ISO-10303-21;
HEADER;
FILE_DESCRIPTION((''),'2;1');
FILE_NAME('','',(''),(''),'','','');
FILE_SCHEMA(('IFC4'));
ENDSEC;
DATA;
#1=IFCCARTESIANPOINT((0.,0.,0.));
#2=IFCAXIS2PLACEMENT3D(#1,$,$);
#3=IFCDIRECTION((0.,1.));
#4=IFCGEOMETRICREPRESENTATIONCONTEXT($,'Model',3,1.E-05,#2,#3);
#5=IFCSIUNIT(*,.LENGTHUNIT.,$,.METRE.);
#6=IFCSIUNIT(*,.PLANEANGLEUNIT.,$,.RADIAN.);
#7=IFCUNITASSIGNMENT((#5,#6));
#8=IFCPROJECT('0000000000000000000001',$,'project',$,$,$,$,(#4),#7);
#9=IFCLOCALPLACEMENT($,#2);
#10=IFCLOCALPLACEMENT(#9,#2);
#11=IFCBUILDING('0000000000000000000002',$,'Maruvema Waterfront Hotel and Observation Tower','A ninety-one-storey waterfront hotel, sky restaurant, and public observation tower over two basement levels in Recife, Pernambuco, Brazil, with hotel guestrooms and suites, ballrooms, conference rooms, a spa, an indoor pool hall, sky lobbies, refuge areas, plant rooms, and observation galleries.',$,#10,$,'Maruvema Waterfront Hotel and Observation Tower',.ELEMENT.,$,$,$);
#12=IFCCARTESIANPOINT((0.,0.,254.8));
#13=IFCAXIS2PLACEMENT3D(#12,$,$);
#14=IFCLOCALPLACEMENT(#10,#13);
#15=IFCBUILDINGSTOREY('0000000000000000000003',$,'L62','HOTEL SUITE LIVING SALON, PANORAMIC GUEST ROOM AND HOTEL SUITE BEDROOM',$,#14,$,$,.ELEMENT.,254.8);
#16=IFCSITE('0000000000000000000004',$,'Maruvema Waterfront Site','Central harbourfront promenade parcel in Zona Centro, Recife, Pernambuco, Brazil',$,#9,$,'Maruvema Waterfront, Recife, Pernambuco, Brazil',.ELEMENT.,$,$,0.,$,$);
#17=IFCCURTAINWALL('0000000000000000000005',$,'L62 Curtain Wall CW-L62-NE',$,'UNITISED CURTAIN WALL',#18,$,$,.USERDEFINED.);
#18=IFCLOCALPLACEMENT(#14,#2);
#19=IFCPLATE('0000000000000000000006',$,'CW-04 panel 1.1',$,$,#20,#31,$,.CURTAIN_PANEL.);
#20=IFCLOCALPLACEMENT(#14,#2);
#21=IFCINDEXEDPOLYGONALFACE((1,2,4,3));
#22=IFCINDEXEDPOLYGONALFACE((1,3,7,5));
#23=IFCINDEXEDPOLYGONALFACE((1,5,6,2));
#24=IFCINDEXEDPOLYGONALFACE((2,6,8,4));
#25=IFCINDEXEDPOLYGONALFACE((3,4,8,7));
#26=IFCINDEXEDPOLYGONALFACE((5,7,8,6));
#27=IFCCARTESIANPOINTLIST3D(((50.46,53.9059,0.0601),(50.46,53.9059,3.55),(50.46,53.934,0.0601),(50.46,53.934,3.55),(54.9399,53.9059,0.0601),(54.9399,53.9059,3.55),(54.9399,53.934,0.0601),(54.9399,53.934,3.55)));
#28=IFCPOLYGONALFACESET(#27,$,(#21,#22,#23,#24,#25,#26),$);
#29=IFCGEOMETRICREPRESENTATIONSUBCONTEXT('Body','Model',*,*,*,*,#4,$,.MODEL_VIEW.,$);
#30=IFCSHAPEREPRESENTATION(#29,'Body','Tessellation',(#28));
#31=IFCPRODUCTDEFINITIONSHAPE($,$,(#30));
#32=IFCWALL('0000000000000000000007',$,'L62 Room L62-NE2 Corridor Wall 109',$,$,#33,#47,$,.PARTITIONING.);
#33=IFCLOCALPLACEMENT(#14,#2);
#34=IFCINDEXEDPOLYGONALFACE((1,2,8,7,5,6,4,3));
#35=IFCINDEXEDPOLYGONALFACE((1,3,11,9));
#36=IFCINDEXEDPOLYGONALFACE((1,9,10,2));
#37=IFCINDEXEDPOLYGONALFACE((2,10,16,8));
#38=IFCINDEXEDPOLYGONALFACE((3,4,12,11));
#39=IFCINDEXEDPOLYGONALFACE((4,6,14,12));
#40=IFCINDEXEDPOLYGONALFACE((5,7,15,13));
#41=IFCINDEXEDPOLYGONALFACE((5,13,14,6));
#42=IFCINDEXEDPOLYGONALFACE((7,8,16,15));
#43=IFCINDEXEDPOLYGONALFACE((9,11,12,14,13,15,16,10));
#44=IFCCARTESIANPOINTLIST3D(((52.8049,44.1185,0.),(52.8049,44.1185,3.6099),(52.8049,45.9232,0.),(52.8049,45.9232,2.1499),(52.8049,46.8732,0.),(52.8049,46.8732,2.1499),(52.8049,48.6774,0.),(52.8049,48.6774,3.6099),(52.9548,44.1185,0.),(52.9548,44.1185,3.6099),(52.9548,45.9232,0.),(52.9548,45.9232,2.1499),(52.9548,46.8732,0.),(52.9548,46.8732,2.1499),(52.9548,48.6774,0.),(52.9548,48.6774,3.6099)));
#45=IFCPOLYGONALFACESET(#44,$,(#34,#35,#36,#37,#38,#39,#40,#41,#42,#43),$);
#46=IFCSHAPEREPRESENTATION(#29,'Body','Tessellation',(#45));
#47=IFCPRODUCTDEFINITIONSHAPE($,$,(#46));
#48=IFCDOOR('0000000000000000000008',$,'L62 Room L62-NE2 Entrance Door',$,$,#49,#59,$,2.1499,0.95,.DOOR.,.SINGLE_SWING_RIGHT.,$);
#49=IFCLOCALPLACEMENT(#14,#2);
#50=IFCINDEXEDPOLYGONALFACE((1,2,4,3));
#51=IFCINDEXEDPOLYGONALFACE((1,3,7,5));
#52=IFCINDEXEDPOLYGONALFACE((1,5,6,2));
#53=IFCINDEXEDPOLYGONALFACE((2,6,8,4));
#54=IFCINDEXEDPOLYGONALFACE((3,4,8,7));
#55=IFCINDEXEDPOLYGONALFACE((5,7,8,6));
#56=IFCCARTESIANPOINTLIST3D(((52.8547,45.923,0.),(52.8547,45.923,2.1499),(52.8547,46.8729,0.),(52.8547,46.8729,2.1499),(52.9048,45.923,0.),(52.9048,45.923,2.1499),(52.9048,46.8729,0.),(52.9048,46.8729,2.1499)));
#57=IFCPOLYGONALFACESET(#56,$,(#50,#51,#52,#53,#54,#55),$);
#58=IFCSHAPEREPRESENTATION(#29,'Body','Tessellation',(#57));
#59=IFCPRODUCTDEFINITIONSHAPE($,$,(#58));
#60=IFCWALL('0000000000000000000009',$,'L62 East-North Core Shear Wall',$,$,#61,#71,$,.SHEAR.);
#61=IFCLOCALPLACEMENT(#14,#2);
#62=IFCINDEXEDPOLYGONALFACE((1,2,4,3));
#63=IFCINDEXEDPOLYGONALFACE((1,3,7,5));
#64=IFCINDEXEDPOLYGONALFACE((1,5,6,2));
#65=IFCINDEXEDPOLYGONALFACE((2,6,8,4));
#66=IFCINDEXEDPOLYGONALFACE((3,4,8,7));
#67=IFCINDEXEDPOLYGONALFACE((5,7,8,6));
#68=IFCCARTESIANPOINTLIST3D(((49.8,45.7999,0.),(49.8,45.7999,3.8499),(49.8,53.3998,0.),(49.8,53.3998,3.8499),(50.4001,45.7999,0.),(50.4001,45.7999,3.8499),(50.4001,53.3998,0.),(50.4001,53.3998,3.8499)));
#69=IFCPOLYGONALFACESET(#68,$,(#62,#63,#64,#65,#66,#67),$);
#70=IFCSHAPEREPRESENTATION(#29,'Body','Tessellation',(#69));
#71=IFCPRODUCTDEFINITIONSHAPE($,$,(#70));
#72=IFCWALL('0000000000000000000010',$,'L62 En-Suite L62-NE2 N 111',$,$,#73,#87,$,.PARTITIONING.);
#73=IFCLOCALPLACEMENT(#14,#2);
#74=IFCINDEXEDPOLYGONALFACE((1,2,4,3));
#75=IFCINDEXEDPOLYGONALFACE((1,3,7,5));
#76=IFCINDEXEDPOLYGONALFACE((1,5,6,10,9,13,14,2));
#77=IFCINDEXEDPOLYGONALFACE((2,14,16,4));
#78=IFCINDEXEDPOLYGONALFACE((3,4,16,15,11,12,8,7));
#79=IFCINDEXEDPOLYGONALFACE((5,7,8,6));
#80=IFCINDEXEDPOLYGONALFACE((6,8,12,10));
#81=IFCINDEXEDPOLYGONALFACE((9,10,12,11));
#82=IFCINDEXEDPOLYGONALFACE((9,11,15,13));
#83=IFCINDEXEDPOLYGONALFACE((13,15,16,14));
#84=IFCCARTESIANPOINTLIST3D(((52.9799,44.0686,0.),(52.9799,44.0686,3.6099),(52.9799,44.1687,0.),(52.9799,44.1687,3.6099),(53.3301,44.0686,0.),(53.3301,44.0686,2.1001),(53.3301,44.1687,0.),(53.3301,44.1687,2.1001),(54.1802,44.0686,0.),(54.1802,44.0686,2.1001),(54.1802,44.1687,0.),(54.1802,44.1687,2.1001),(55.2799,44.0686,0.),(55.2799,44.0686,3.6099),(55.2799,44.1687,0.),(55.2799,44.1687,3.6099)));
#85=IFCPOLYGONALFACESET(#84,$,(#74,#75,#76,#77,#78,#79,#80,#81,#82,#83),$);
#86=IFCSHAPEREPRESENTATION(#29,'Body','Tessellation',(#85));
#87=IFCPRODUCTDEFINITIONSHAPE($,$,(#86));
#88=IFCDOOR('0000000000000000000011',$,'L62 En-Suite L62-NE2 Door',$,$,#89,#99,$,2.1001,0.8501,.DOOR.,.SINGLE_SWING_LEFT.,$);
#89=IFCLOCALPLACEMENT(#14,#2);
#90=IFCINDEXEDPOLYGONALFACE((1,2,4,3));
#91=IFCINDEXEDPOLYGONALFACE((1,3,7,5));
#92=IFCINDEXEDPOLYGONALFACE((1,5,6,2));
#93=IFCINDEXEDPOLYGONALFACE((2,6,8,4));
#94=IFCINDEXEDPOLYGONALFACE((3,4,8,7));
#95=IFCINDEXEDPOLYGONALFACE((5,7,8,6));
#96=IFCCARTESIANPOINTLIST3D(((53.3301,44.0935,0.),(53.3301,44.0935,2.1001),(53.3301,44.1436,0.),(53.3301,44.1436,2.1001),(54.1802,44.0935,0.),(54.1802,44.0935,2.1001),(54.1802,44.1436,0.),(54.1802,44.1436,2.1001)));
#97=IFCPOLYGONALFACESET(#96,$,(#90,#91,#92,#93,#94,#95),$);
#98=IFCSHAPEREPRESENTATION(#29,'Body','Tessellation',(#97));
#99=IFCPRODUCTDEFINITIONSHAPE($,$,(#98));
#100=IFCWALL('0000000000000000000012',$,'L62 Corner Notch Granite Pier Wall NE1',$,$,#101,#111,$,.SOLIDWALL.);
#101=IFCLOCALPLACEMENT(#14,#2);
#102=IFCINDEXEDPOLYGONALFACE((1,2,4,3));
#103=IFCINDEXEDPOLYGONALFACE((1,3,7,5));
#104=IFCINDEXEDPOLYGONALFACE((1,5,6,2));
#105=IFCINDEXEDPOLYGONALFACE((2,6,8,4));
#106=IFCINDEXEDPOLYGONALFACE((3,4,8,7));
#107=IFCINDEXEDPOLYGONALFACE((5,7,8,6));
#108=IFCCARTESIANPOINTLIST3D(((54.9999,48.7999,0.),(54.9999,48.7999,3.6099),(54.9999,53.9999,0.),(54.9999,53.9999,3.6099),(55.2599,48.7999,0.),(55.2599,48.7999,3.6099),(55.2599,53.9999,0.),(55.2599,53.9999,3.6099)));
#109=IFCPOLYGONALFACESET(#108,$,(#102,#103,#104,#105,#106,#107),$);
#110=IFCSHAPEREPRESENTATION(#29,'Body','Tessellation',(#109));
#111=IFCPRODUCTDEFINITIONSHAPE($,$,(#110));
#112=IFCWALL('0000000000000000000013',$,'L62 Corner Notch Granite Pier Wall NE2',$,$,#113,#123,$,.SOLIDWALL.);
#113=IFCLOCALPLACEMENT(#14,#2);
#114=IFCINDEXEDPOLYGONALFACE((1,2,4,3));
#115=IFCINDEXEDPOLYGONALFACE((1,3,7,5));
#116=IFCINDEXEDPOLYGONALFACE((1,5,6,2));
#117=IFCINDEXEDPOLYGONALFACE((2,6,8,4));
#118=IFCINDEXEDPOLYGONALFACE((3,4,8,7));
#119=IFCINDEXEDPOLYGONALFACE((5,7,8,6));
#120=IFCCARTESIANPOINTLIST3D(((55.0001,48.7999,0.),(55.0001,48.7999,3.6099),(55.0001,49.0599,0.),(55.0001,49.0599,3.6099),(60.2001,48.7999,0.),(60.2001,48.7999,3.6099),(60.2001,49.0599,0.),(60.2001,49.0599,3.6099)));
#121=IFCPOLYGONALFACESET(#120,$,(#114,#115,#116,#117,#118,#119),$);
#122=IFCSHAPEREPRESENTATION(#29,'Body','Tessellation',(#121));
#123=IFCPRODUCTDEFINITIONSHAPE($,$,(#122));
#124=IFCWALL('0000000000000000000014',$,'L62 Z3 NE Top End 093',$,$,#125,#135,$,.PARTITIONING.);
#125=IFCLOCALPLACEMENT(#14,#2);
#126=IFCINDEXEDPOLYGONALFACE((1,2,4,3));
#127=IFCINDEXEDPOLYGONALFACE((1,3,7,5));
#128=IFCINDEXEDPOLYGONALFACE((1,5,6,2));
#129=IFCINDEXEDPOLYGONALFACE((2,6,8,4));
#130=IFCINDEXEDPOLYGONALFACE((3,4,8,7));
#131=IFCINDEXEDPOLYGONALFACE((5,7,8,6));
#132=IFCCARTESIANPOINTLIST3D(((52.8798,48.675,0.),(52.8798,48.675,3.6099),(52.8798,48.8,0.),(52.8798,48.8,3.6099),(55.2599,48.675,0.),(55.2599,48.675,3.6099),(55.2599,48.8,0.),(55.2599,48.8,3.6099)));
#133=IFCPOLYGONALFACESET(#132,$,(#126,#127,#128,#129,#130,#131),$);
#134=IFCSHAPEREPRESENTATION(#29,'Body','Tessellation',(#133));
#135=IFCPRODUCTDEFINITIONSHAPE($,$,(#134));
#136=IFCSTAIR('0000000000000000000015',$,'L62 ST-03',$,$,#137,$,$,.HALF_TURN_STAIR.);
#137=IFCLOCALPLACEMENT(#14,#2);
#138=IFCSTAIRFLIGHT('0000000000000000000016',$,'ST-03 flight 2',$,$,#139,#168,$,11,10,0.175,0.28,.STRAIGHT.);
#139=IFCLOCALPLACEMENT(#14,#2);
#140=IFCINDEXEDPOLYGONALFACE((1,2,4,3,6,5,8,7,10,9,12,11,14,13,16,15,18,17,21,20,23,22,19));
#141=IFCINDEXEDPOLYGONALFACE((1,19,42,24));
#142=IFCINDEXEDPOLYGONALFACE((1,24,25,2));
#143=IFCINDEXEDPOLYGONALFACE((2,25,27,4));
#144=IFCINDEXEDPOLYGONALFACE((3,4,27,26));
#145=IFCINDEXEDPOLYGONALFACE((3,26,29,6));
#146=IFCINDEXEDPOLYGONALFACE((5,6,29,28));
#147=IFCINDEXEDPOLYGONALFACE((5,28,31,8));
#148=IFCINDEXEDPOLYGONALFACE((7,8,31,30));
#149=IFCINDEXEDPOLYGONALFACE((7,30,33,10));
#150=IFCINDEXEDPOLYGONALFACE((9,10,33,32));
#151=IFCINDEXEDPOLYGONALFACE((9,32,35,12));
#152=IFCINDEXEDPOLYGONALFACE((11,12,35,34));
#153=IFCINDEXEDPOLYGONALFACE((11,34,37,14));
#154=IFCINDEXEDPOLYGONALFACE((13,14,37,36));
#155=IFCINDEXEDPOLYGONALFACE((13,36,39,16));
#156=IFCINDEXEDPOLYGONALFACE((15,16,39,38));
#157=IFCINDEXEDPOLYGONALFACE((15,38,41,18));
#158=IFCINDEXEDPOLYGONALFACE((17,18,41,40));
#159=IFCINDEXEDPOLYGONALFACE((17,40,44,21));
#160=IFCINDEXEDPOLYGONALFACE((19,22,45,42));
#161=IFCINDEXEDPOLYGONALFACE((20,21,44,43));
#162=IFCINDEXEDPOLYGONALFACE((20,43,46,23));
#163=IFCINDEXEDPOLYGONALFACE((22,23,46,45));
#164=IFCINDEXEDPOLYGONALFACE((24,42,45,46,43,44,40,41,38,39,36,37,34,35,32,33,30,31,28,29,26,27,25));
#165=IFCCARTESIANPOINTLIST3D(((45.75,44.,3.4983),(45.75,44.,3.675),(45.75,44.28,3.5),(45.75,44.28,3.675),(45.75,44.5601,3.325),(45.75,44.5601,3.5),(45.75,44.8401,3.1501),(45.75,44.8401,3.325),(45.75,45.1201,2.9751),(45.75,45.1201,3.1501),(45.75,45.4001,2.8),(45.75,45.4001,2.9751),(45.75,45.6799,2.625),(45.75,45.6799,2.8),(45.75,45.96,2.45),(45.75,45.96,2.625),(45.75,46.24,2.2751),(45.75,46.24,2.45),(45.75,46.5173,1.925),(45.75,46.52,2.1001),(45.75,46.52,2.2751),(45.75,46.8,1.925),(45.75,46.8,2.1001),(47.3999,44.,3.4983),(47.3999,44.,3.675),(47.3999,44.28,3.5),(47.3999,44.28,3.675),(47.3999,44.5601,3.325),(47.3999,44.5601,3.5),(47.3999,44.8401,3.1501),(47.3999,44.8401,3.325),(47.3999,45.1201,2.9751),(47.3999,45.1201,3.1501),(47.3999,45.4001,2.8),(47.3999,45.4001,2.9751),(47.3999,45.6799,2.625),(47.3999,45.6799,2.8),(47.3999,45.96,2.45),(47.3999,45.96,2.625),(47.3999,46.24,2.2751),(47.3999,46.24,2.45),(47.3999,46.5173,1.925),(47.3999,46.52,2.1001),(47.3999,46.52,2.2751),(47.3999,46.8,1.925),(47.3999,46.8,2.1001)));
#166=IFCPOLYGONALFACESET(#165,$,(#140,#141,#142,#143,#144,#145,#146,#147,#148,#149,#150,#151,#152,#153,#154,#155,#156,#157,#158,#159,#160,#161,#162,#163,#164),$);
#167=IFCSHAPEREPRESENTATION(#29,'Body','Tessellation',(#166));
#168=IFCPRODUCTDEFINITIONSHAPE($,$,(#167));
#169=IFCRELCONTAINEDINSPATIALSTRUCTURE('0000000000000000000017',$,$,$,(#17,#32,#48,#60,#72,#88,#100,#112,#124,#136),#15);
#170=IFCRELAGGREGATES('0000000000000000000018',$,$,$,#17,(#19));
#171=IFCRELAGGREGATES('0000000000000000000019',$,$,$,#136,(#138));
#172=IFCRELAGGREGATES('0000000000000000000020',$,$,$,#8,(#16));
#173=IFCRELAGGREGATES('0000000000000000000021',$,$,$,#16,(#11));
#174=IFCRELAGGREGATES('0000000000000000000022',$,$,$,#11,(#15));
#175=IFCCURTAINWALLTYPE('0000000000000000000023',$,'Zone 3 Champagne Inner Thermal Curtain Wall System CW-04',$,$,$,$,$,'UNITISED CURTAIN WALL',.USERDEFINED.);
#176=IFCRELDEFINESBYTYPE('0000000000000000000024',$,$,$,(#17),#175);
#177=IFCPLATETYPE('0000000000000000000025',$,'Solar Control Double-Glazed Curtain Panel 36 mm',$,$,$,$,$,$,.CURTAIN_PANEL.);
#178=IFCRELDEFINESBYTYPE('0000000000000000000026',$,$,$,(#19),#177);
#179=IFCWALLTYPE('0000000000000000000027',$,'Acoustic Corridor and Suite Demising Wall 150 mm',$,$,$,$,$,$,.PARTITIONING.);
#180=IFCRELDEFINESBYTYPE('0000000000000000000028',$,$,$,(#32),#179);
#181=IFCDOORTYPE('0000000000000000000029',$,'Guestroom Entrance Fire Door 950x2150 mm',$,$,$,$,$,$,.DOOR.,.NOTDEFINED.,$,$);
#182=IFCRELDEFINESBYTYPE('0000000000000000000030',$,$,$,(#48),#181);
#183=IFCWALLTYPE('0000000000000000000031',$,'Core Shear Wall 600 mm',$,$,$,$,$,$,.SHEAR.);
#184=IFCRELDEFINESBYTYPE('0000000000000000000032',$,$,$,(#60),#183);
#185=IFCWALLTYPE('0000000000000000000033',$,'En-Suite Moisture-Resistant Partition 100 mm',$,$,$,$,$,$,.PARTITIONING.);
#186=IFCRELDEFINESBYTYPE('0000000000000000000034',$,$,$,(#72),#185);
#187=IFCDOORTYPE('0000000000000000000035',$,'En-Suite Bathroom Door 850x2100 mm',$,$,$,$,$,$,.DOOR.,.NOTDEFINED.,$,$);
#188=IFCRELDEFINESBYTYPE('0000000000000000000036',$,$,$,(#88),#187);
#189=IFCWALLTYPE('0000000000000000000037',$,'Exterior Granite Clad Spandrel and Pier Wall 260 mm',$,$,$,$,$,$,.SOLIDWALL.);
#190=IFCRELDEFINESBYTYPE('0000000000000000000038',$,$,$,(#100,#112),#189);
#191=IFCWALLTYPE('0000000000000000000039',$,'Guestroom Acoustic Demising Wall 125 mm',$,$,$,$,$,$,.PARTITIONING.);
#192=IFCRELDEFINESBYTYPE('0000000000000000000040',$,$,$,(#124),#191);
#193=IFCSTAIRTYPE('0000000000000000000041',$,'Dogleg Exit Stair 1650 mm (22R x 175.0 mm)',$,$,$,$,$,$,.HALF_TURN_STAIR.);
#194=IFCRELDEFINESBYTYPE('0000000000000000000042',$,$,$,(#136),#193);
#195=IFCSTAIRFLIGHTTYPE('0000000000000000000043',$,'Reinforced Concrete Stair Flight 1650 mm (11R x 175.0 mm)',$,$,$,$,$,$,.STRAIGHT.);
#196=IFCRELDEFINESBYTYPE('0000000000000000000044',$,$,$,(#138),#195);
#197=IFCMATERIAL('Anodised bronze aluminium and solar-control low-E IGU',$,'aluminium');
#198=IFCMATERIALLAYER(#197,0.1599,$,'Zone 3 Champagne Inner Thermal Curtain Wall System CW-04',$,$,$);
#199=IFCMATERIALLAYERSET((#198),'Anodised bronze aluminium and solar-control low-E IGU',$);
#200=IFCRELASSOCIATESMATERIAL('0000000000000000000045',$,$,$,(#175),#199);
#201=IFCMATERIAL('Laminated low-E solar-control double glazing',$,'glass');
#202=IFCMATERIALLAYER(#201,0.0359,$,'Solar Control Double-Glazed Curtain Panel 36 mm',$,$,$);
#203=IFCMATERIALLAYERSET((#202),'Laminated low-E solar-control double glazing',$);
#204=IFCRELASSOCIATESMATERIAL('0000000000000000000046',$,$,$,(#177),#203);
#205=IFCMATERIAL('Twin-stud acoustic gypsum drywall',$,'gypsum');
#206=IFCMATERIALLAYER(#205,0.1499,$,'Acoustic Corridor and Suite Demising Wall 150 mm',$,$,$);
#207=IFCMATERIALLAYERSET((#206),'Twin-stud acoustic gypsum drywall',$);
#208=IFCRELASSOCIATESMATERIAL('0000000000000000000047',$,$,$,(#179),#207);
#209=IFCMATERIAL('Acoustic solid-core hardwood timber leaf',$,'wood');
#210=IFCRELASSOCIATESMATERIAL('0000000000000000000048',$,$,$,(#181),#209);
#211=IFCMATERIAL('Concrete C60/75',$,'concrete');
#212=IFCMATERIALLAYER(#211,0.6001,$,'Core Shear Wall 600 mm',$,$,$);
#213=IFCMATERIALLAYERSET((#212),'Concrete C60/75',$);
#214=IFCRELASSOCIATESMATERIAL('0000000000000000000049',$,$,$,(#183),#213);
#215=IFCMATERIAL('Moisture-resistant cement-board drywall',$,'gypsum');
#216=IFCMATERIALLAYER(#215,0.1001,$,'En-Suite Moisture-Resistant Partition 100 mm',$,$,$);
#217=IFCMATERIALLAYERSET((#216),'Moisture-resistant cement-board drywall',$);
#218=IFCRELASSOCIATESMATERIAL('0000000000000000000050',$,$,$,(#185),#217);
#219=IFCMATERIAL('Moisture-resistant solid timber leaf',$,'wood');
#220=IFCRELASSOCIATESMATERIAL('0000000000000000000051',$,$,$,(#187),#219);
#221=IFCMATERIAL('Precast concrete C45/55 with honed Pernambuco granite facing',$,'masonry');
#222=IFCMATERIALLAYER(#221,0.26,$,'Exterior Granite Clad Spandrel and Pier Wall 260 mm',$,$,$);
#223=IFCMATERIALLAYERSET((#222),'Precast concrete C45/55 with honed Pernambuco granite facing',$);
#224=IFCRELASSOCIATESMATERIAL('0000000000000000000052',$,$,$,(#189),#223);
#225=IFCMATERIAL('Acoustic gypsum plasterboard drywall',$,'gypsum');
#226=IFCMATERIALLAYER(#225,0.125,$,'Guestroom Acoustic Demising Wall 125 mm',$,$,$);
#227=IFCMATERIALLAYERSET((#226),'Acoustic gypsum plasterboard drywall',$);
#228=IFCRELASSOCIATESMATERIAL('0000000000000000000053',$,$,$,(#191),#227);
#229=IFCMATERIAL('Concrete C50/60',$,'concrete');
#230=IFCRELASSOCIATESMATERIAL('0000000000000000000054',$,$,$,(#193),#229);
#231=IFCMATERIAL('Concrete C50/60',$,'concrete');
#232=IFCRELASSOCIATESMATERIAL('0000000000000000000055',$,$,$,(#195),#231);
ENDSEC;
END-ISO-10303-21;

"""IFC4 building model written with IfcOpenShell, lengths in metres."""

from ifc_helpers import new_model, si_unit, direction, frame, frame_2d, origin, origin_2d, place, context, subcontext, project, spatial, polyline, rectangle, outline, extrude, material, layer, layer_set, type_object, element, fill, aggregate, save


model = new_model("IFC4")

# Units and contexts
model_context = context("Model", 3, precision=1e-05, world=origin(), true_north=direction((0.0, 1.0)))
body_context = subcontext(model_context, "Body", "Model", "MODEL_VIEW")
ifc_project = project(units=[si_unit("LENGTHUNIT", "METRE"), si_unit("PLANEANGLEUNIT", "RADIAN")], contexts=[model_context])

# Site, building, storey
site_placement = place(None, origin())
site = spatial("IfcSite", under=ifc_project, at=site_placement, Name="Maruvema Waterfront Site", Description="Central harbourfront promenade parcel in Zona Centro, Recife, Pernambuco, Brazil", LongName="Maruvema Waterfront, Recife, Pernambuco, Brazil", CompositionType="ELEMENT", RefElevation=0.0)
building_placement = place(site_placement, origin())
building = spatial("IfcBuilding", under=site, at=building_placement, Name="Maruvema Waterfront Hotel and Observation Tower", Description="A ninety-one-storey waterfront hotel, sky restaurant, and public observation tower over two basement levels in Recife, Pernambuco, Brazil, with hotel guestrooms and suites, ballrooms, conference rooms, a spa, an indoor pool hall, sky lobbies, refuge areas, plant rooms, and observation galleries.", LongName="Maruvema Waterfront Hotel and Observation Tower", CompositionType="ELEMENT")
storey_placement = place(building_placement, frame((0.0, 0.0, 254.8)))
storey = spatial("IfcBuildingStorey", under=building, at=storey_placement, Name="L62", Description="HOTEL SUITE LIVING SALON, PANORAMIC GUEST ROOM AND HOTEL SUITE BEDROOM", CompositionType="ELEMENT", Elevation=254.8)

# Curtain wall
ifc_material_1 = material(Name="Anodised bronze aluminium and solar-control low-E IGU", Category="aluminium")
ifc_layer_1 = layer(ifc_material_1, 0.1599, Name="Zone 3 Champagne Inner Thermal Curtain Wall System CW-04")
ifc_layer_set_1 = layer_set([ifc_layer_1], Name="Anodised bronze aluminium and solar-control low-E IGU")
curtain_wall_type = type_object("IfcCurtainWallType", Name="Zone 3 Champagne Inner Thermal Curtain Wall System CW-04", ElementType="UNITISED CURTAIN WALL", PredefinedType="USERDEFINED", material=ifc_layer_set_1)
curtain_wall_1_placement = place(storey_placement, origin())
curtain_wall_1 = element("IfcCurtainWall", 1, at=curtain_wall_1_placement, inside=storey, type_object=curtain_wall_type, Name="L62 Curtain Wall CW-L62-NE", ObjectType="UNITISED CURTAIN WALL", PredefinedType="USERDEFINED")

# Plate
ifc_material_2 = material(Name="Laminated low-E solar-control double glazing", Category="glass")
ifc_layer_2 = layer(ifc_material_2, 0.0359, Name="Solar Control Double-Glazed Curtain Panel 36 mm")
ifc_layer_set_2 = layer_set([ifc_layer_2], Name="Laminated low-E solar-control double glazing")
plate_type = type_object("IfcPlateType", Name="Solar Control Double-Glazed Curtain Panel 36 mm", PredefinedType="CURTAIN_PANEL", material=ifc_layer_set_2)
plate_1_placement = place(storey_placement, frame((52.7, 53.9199, 0.0601), z_axis=(0.0, 0.0, 1.0), x_axis=(-1.0, 0.0, 0.0)))
plate_1 = element("IfcPlate", 2, at=plate_1_placement, type_object=plate_type, Name="CW-04 panel 1.1", PredefinedType="CURTAIN_PANEL", context=body_context, shape_type="SweptSolid", body=[
    extrude(rectangle(XDim=4.48, YDim=0.0281, at=origin_2d()), origin(), (0.0, 0.0, 1.0), 3.49),
])
aggregate(curtain_wall_1, [plate_1])

# Wall, opening, door
ifc_material_3 = material(Name="Twin-stud acoustic gypsum drywall", Category="gypsum")
ifc_layer_3 = layer(ifc_material_3, 0.1499, Name="Acoustic Corridor and Suite Demising Wall 150 mm")
ifc_layer_set_3 = layer_set([ifc_layer_3], Name="Twin-stud acoustic gypsum drywall")
wall_type_1 = type_object("IfcWallType", Name="Acoustic Corridor and Suite Demising Wall 150 mm", PredefinedType="PARTITIONING", material=ifc_layer_set_3)
wall_1_placement = place(storey_placement, frame((52.8799, 44.1187, 0.0), z_axis=(0.0, 0.0, 1.0), x_axis=(0.0, 1.0, 0.0)))
wall_1 = element("IfcWall", 3, at=wall_1_placement, inside=storey, type_object=wall_type_1, Name="L62 Room L62-NE2 Corridor Wall 109", PredefinedType="PARTITIONING", context=body_context, shape_type="SweptSolid", body=[
    extrude(rectangle(XDim=4.5588, YDim=0.1499, at=frame_2d((2.2793, 0.0))), origin(), (0.0, 0.0, 1.0), 3.6099),
])
opening_1_placement = place(wall_1_placement, frame((1.8044, 0.0, 0.0)))
opening_1 = element("IfcOpeningElement", 4, at=opening_1_placement, cuts=wall_1, PredefinedType="OPENING", context=body_context, shape_type="SweptSolid", body=[
    extrude(rectangle(XDim=0.95, YDim=2.1499, at=frame_2d((0.4751, 1.075))), frame((0.0, 0.085, 0.0), z_axis=(0.0, -1.0, 0.0), x_axis=(1.0, 0.0, 0.0)), (0.0, 0.0, 1.0), 0.1699),
])
ifc_material_4 = material(Name="Acoustic solid-core hardwood timber leaf", Category="wood")
door_type_1 = type_object("IfcDoorType", Name="Guestroom Entrance Fire Door 950x2150 mm", OperationType="NOTDEFINED", PredefinedType="DOOR", material=ifc_material_4)
door_1_placement = place(opening_1_placement, frame((0.95, 0.0, 0.0), z_axis=(0.0, 0.0, 1.0), x_axis=(-1.0, 0.0, 0.0)))
door_1 = element("IfcDoor", 5, at=door_1_placement, inside=storey, type_object=door_type_1, Name="L62 Room L62-NE2 Entrance Door", OperationType="SINGLE_SWING_RIGHT", OverallHeight=2.1499, OverallWidth=0.95, PredefinedType="DOOR", context=body_context, shape_type="SweptSolid", body=[
    extrude(rectangle(XDim=0.95, YDim=2.1499, at=frame_2d((0.4751, 1.075))), frame((0.0, 0.0249, 0.0), z_axis=(0.0, -1.0, 0.0), x_axis=(1.0, 0.0, 0.0)), (0.0, 0.0, 1.0), 0.05),
])
fill(opening_1, door_1)

# Wall
ifc_material_5 = material(Name="Concrete C60/75", Category="concrete")
ifc_layer_4 = layer(ifc_material_5, 0.6001, Name="Core Shear Wall 600 mm")
ifc_layer_set_4 = layer_set([ifc_layer_4], Name="Concrete C60/75")
wall_type_2 = type_object("IfcWallType", Name="Core Shear Wall 600 mm", PredefinedType="SHEAR", material=ifc_layer_set_4)
wall_2_placement = place(storey_placement, frame((50.1001, 45.8, 0.0), z_axis=(0.0, 0.0, 1.0), x_axis=(0.0, 1.0, 0.0)))
element("IfcWall", 6, at=wall_2_placement, inside=storey, type_object=wall_type_2, Name="L62 East-North Core Shear Wall", PredefinedType="SHEAR", context=body_context, shape_type="SweptSolid", body=[
    extrude(rectangle(XDim=7.5999, YDim=0.6001, at=frame_2d((3.7998, 0.0))), origin(), (0.0, 0.0, 1.0), 3.8499),
])

# Wall, opening, door
ifc_material_6 = material(Name="Moisture-resistant cement-board drywall", Category="gypsum")
ifc_layer_5 = layer(ifc_material_6, 0.1001, Name="En-Suite Moisture-Resistant Partition 100 mm")
ifc_layer_set_5 = layer_set([ifc_layer_5], Name="Moisture-resistant cement-board drywall")
wall_type_3 = type_object("IfcWallType", Name="En-Suite Moisture-Resistant Partition 100 mm", PredefinedType="PARTITIONING", material=ifc_layer_set_5)
wall_3_placement = place(storey_placement, frame((52.98, 44.1187, 0.0), z_axis=(0.0, 0.0, 1.0), x_axis=(1.0, 0.0, 0.0)))
wall_3 = element("IfcWall", 7, at=wall_3_placement, inside=storey, type_object=wall_type_3, Name="L62 En-Suite L62-NE2 N 111", PredefinedType="PARTITIONING", context=body_context, shape_type="SweptSolid", body=[
    extrude(rectangle(XDim=2.3, YDim=0.1001, at=frame_2d((1.1499, 0.0))), origin(), (0.0, 0.0, 1.0), 3.6099),
])
opening_2_placement = place(wall_3_placement, frame((0.3501, 0.0, 0.0)))
opening_2 = element("IfcOpeningElement", 8, at=opening_2_placement, cuts=wall_3, PredefinedType="OPENING", context=body_context, shape_type="SweptSolid", body=[
    extrude(rectangle(XDim=0.8501, YDim=2.1001, at=frame_2d((0.425, 1.05))), frame((0.0, 0.0601, 0.0), z_axis=(0.0, -1.0, 0.0), x_axis=(1.0, 0.0, 0.0)), (0.0, 0.0, 1.0), 0.1201),
])
ifc_material_7 = material(Name="Moisture-resistant solid timber leaf", Category="wood")
door_type_2 = type_object("IfcDoorType", Name="En-Suite Bathroom Door 850x2100 mm", OperationType="NOTDEFINED", PredefinedType="DOOR", material=ifc_material_7)
door_2_placement = place(opening_2_placement, origin())
door_2 = element("IfcDoor", 9, at=door_2_placement, inside=storey, type_object=door_type_2, Name="L62 En-Suite L62-NE2 Door", OperationType="SINGLE_SWING_LEFT", OverallHeight=2.1001, OverallWidth=0.8501, PredefinedType="DOOR", context=body_context, shape_type="SweptSolid", body=[
    extrude(rectangle(XDim=0.8501, YDim=2.1001, at=frame_2d((0.425, 1.05))), frame((0.0, 0.0249, 0.0), z_axis=(0.0, -1.0, 0.0), x_axis=(1.0, 0.0, 0.0)), (0.0, 0.0, 1.0), 0.05),
])
fill(opening_2, door_2)

# Walls
ifc_material_8 = material(Name="Precast concrete C45/55 with honed Pernambuco granite facing", Category="masonry")
ifc_layer_6 = layer(ifc_material_8, 0.26, Name="Exterior Granite Clad Spandrel and Pier Wall 260 mm")
ifc_layer_set_6 = layer_set([ifc_layer_6], Name="Precast concrete C45/55 with honed Pernambuco granite facing")
wall_type_4 = type_object("IfcWallType", Name="Exterior Granite Clad Spandrel and Pier Wall 260 mm", PredefinedType="SOLIDWALL", material=ifc_layer_set_6)
for number, where, z_axis, x_axis, name in (
    (10, (55.1299, 54.0, 0.0), (0.0, 0.0, 1.0), (0.0, -1.0, 0.0), "L62 Corner Notch Granite Pier Wall NE1"),
    (11, (55.0, 48.9299, 0.0), (0.0, 0.0, 1.0), (1.0, 0.0, 0.0), "L62 Corner Notch Granite Pier Wall NE2"),
):
    element("IfcWall", number, at=place(storey_placement, frame(where, z_axis=z_axis, x_axis=x_axis)), inside=storey, type_object=wall_type_4, Name=name, PredefinedType="SOLIDWALL", context=body_context, shape_type="SweptSolid", body=[
        extrude(rectangle(XDim=5.2, YDim=0.26, at=frame_2d((2.6001, 0.0))), origin(), (0.0, 0.0, 1.0), 3.6099),
    ])
ifc_material_9 = material(Name="Acoustic gypsum plasterboard drywall", Category="gypsum")
ifc_layer_7 = layer(ifc_material_9, 0.125, Name="Guestroom Acoustic Demising Wall 125 mm")
ifc_layer_set_7 = layer_set([ifc_layer_7], Name="Acoustic gypsum plasterboard drywall")
wall_type_5 = type_object("IfcWallType", Name="Guestroom Acoustic Demising Wall 125 mm", PredefinedType="PARTITIONING", material=ifc_layer_set_7)
wall_4_placement = place(storey_placement, frame((52.8799, 48.7375, 0.0), z_axis=(0.0, 0.0, 1.0), x_axis=(1.0, 0.0, 0.0)))
element("IfcWall", 12, at=wall_4_placement, inside=storey, type_object=wall_type_5, Name="L62 Z3 NE Top End 093", PredefinedType="PARTITIONING", context=body_context, shape_type="SweptSolid", body=[
    extrude(rectangle(XDim=2.3801, YDim=0.125, at=frame_2d((1.1899, 0.0))), origin(), (0.0, 0.0, 1.0), 3.6099),
])

# Stair, stair flight
ifc_material_10 = material(Name="Concrete C50/60", Category="concrete")
stair_type = type_object("IfcStairType", Name="Dogleg Exit Stair 1650 mm (22R x 175.0 mm)", PredefinedType="HALF_TURN_STAIR", material=ifc_material_10)
stair_placement = place(storey_placement, origin())
stair = element("IfcStair", 13, at=stair_placement, inside=storey, type_object=stair_type, Name="L62 ST-03", PredefinedType="HALF_TURN_STAIR")
ifc_material_11 = material(Name="Concrete C50/60", Category="concrete")
stair_flight_type = type_object("IfcStairFlightType", Name="Reinforced Concrete Stair Flight 1650 mm (11R x 175.0 mm)", PredefinedType="STRAIGHT", material=ifc_material_11)
stair_flight_placement = place(storey_placement, frame((46.575, 46.8, 1.925), z_axis=(0.0, 0.0, 1.0), x_axis=(0.0, -1.0, 0.0)))
stair_flight = element("IfcStairFlight", 14, at=stair_flight_placement, type_object=stair_flight_type, Name="ST-03 flight 2", NumberOfRisers=11, NumberOfTreads=10, PredefinedType="STRAIGHT", RiserHeight=0.175, TreadLength=0.28, context=body_context, shape_type="SweptSolid", body=[
    extrude(outline(polyline([(0.0, 0.0), (0.0, 0.175), (0.28, 0.175), (0.28, 0.3501), (0.5601, 0.3501), (0.5601, 0.5249), (0.8401, 0.5249), (0.8401, 0.7), (1.1201, 0.7), (1.1201, 0.875), (1.3999, 0.875), (1.3999, 1.05), (1.6799, 1.05), (1.6799, 1.2251), (1.96, 1.2251), (1.96, 1.3999), (2.24, 1.3999), (2.24, 1.575), (2.52, 1.575), (2.52, 1.75), (2.8, 1.75), (2.8, 1.925), (2.8, 1.5732), (0.2827, 0.0), (0.0, 0.0)])), frame((0.0, 0.825, 0.0), z_axis=(0.0, -1.0, 0.0), x_axis=(1.0, 0.0, 0.0)), (0.0, 0.0, 1.0), 1.6499),
])
aggregate(stair, [stair_flight])

save(model, "model.ifc")
